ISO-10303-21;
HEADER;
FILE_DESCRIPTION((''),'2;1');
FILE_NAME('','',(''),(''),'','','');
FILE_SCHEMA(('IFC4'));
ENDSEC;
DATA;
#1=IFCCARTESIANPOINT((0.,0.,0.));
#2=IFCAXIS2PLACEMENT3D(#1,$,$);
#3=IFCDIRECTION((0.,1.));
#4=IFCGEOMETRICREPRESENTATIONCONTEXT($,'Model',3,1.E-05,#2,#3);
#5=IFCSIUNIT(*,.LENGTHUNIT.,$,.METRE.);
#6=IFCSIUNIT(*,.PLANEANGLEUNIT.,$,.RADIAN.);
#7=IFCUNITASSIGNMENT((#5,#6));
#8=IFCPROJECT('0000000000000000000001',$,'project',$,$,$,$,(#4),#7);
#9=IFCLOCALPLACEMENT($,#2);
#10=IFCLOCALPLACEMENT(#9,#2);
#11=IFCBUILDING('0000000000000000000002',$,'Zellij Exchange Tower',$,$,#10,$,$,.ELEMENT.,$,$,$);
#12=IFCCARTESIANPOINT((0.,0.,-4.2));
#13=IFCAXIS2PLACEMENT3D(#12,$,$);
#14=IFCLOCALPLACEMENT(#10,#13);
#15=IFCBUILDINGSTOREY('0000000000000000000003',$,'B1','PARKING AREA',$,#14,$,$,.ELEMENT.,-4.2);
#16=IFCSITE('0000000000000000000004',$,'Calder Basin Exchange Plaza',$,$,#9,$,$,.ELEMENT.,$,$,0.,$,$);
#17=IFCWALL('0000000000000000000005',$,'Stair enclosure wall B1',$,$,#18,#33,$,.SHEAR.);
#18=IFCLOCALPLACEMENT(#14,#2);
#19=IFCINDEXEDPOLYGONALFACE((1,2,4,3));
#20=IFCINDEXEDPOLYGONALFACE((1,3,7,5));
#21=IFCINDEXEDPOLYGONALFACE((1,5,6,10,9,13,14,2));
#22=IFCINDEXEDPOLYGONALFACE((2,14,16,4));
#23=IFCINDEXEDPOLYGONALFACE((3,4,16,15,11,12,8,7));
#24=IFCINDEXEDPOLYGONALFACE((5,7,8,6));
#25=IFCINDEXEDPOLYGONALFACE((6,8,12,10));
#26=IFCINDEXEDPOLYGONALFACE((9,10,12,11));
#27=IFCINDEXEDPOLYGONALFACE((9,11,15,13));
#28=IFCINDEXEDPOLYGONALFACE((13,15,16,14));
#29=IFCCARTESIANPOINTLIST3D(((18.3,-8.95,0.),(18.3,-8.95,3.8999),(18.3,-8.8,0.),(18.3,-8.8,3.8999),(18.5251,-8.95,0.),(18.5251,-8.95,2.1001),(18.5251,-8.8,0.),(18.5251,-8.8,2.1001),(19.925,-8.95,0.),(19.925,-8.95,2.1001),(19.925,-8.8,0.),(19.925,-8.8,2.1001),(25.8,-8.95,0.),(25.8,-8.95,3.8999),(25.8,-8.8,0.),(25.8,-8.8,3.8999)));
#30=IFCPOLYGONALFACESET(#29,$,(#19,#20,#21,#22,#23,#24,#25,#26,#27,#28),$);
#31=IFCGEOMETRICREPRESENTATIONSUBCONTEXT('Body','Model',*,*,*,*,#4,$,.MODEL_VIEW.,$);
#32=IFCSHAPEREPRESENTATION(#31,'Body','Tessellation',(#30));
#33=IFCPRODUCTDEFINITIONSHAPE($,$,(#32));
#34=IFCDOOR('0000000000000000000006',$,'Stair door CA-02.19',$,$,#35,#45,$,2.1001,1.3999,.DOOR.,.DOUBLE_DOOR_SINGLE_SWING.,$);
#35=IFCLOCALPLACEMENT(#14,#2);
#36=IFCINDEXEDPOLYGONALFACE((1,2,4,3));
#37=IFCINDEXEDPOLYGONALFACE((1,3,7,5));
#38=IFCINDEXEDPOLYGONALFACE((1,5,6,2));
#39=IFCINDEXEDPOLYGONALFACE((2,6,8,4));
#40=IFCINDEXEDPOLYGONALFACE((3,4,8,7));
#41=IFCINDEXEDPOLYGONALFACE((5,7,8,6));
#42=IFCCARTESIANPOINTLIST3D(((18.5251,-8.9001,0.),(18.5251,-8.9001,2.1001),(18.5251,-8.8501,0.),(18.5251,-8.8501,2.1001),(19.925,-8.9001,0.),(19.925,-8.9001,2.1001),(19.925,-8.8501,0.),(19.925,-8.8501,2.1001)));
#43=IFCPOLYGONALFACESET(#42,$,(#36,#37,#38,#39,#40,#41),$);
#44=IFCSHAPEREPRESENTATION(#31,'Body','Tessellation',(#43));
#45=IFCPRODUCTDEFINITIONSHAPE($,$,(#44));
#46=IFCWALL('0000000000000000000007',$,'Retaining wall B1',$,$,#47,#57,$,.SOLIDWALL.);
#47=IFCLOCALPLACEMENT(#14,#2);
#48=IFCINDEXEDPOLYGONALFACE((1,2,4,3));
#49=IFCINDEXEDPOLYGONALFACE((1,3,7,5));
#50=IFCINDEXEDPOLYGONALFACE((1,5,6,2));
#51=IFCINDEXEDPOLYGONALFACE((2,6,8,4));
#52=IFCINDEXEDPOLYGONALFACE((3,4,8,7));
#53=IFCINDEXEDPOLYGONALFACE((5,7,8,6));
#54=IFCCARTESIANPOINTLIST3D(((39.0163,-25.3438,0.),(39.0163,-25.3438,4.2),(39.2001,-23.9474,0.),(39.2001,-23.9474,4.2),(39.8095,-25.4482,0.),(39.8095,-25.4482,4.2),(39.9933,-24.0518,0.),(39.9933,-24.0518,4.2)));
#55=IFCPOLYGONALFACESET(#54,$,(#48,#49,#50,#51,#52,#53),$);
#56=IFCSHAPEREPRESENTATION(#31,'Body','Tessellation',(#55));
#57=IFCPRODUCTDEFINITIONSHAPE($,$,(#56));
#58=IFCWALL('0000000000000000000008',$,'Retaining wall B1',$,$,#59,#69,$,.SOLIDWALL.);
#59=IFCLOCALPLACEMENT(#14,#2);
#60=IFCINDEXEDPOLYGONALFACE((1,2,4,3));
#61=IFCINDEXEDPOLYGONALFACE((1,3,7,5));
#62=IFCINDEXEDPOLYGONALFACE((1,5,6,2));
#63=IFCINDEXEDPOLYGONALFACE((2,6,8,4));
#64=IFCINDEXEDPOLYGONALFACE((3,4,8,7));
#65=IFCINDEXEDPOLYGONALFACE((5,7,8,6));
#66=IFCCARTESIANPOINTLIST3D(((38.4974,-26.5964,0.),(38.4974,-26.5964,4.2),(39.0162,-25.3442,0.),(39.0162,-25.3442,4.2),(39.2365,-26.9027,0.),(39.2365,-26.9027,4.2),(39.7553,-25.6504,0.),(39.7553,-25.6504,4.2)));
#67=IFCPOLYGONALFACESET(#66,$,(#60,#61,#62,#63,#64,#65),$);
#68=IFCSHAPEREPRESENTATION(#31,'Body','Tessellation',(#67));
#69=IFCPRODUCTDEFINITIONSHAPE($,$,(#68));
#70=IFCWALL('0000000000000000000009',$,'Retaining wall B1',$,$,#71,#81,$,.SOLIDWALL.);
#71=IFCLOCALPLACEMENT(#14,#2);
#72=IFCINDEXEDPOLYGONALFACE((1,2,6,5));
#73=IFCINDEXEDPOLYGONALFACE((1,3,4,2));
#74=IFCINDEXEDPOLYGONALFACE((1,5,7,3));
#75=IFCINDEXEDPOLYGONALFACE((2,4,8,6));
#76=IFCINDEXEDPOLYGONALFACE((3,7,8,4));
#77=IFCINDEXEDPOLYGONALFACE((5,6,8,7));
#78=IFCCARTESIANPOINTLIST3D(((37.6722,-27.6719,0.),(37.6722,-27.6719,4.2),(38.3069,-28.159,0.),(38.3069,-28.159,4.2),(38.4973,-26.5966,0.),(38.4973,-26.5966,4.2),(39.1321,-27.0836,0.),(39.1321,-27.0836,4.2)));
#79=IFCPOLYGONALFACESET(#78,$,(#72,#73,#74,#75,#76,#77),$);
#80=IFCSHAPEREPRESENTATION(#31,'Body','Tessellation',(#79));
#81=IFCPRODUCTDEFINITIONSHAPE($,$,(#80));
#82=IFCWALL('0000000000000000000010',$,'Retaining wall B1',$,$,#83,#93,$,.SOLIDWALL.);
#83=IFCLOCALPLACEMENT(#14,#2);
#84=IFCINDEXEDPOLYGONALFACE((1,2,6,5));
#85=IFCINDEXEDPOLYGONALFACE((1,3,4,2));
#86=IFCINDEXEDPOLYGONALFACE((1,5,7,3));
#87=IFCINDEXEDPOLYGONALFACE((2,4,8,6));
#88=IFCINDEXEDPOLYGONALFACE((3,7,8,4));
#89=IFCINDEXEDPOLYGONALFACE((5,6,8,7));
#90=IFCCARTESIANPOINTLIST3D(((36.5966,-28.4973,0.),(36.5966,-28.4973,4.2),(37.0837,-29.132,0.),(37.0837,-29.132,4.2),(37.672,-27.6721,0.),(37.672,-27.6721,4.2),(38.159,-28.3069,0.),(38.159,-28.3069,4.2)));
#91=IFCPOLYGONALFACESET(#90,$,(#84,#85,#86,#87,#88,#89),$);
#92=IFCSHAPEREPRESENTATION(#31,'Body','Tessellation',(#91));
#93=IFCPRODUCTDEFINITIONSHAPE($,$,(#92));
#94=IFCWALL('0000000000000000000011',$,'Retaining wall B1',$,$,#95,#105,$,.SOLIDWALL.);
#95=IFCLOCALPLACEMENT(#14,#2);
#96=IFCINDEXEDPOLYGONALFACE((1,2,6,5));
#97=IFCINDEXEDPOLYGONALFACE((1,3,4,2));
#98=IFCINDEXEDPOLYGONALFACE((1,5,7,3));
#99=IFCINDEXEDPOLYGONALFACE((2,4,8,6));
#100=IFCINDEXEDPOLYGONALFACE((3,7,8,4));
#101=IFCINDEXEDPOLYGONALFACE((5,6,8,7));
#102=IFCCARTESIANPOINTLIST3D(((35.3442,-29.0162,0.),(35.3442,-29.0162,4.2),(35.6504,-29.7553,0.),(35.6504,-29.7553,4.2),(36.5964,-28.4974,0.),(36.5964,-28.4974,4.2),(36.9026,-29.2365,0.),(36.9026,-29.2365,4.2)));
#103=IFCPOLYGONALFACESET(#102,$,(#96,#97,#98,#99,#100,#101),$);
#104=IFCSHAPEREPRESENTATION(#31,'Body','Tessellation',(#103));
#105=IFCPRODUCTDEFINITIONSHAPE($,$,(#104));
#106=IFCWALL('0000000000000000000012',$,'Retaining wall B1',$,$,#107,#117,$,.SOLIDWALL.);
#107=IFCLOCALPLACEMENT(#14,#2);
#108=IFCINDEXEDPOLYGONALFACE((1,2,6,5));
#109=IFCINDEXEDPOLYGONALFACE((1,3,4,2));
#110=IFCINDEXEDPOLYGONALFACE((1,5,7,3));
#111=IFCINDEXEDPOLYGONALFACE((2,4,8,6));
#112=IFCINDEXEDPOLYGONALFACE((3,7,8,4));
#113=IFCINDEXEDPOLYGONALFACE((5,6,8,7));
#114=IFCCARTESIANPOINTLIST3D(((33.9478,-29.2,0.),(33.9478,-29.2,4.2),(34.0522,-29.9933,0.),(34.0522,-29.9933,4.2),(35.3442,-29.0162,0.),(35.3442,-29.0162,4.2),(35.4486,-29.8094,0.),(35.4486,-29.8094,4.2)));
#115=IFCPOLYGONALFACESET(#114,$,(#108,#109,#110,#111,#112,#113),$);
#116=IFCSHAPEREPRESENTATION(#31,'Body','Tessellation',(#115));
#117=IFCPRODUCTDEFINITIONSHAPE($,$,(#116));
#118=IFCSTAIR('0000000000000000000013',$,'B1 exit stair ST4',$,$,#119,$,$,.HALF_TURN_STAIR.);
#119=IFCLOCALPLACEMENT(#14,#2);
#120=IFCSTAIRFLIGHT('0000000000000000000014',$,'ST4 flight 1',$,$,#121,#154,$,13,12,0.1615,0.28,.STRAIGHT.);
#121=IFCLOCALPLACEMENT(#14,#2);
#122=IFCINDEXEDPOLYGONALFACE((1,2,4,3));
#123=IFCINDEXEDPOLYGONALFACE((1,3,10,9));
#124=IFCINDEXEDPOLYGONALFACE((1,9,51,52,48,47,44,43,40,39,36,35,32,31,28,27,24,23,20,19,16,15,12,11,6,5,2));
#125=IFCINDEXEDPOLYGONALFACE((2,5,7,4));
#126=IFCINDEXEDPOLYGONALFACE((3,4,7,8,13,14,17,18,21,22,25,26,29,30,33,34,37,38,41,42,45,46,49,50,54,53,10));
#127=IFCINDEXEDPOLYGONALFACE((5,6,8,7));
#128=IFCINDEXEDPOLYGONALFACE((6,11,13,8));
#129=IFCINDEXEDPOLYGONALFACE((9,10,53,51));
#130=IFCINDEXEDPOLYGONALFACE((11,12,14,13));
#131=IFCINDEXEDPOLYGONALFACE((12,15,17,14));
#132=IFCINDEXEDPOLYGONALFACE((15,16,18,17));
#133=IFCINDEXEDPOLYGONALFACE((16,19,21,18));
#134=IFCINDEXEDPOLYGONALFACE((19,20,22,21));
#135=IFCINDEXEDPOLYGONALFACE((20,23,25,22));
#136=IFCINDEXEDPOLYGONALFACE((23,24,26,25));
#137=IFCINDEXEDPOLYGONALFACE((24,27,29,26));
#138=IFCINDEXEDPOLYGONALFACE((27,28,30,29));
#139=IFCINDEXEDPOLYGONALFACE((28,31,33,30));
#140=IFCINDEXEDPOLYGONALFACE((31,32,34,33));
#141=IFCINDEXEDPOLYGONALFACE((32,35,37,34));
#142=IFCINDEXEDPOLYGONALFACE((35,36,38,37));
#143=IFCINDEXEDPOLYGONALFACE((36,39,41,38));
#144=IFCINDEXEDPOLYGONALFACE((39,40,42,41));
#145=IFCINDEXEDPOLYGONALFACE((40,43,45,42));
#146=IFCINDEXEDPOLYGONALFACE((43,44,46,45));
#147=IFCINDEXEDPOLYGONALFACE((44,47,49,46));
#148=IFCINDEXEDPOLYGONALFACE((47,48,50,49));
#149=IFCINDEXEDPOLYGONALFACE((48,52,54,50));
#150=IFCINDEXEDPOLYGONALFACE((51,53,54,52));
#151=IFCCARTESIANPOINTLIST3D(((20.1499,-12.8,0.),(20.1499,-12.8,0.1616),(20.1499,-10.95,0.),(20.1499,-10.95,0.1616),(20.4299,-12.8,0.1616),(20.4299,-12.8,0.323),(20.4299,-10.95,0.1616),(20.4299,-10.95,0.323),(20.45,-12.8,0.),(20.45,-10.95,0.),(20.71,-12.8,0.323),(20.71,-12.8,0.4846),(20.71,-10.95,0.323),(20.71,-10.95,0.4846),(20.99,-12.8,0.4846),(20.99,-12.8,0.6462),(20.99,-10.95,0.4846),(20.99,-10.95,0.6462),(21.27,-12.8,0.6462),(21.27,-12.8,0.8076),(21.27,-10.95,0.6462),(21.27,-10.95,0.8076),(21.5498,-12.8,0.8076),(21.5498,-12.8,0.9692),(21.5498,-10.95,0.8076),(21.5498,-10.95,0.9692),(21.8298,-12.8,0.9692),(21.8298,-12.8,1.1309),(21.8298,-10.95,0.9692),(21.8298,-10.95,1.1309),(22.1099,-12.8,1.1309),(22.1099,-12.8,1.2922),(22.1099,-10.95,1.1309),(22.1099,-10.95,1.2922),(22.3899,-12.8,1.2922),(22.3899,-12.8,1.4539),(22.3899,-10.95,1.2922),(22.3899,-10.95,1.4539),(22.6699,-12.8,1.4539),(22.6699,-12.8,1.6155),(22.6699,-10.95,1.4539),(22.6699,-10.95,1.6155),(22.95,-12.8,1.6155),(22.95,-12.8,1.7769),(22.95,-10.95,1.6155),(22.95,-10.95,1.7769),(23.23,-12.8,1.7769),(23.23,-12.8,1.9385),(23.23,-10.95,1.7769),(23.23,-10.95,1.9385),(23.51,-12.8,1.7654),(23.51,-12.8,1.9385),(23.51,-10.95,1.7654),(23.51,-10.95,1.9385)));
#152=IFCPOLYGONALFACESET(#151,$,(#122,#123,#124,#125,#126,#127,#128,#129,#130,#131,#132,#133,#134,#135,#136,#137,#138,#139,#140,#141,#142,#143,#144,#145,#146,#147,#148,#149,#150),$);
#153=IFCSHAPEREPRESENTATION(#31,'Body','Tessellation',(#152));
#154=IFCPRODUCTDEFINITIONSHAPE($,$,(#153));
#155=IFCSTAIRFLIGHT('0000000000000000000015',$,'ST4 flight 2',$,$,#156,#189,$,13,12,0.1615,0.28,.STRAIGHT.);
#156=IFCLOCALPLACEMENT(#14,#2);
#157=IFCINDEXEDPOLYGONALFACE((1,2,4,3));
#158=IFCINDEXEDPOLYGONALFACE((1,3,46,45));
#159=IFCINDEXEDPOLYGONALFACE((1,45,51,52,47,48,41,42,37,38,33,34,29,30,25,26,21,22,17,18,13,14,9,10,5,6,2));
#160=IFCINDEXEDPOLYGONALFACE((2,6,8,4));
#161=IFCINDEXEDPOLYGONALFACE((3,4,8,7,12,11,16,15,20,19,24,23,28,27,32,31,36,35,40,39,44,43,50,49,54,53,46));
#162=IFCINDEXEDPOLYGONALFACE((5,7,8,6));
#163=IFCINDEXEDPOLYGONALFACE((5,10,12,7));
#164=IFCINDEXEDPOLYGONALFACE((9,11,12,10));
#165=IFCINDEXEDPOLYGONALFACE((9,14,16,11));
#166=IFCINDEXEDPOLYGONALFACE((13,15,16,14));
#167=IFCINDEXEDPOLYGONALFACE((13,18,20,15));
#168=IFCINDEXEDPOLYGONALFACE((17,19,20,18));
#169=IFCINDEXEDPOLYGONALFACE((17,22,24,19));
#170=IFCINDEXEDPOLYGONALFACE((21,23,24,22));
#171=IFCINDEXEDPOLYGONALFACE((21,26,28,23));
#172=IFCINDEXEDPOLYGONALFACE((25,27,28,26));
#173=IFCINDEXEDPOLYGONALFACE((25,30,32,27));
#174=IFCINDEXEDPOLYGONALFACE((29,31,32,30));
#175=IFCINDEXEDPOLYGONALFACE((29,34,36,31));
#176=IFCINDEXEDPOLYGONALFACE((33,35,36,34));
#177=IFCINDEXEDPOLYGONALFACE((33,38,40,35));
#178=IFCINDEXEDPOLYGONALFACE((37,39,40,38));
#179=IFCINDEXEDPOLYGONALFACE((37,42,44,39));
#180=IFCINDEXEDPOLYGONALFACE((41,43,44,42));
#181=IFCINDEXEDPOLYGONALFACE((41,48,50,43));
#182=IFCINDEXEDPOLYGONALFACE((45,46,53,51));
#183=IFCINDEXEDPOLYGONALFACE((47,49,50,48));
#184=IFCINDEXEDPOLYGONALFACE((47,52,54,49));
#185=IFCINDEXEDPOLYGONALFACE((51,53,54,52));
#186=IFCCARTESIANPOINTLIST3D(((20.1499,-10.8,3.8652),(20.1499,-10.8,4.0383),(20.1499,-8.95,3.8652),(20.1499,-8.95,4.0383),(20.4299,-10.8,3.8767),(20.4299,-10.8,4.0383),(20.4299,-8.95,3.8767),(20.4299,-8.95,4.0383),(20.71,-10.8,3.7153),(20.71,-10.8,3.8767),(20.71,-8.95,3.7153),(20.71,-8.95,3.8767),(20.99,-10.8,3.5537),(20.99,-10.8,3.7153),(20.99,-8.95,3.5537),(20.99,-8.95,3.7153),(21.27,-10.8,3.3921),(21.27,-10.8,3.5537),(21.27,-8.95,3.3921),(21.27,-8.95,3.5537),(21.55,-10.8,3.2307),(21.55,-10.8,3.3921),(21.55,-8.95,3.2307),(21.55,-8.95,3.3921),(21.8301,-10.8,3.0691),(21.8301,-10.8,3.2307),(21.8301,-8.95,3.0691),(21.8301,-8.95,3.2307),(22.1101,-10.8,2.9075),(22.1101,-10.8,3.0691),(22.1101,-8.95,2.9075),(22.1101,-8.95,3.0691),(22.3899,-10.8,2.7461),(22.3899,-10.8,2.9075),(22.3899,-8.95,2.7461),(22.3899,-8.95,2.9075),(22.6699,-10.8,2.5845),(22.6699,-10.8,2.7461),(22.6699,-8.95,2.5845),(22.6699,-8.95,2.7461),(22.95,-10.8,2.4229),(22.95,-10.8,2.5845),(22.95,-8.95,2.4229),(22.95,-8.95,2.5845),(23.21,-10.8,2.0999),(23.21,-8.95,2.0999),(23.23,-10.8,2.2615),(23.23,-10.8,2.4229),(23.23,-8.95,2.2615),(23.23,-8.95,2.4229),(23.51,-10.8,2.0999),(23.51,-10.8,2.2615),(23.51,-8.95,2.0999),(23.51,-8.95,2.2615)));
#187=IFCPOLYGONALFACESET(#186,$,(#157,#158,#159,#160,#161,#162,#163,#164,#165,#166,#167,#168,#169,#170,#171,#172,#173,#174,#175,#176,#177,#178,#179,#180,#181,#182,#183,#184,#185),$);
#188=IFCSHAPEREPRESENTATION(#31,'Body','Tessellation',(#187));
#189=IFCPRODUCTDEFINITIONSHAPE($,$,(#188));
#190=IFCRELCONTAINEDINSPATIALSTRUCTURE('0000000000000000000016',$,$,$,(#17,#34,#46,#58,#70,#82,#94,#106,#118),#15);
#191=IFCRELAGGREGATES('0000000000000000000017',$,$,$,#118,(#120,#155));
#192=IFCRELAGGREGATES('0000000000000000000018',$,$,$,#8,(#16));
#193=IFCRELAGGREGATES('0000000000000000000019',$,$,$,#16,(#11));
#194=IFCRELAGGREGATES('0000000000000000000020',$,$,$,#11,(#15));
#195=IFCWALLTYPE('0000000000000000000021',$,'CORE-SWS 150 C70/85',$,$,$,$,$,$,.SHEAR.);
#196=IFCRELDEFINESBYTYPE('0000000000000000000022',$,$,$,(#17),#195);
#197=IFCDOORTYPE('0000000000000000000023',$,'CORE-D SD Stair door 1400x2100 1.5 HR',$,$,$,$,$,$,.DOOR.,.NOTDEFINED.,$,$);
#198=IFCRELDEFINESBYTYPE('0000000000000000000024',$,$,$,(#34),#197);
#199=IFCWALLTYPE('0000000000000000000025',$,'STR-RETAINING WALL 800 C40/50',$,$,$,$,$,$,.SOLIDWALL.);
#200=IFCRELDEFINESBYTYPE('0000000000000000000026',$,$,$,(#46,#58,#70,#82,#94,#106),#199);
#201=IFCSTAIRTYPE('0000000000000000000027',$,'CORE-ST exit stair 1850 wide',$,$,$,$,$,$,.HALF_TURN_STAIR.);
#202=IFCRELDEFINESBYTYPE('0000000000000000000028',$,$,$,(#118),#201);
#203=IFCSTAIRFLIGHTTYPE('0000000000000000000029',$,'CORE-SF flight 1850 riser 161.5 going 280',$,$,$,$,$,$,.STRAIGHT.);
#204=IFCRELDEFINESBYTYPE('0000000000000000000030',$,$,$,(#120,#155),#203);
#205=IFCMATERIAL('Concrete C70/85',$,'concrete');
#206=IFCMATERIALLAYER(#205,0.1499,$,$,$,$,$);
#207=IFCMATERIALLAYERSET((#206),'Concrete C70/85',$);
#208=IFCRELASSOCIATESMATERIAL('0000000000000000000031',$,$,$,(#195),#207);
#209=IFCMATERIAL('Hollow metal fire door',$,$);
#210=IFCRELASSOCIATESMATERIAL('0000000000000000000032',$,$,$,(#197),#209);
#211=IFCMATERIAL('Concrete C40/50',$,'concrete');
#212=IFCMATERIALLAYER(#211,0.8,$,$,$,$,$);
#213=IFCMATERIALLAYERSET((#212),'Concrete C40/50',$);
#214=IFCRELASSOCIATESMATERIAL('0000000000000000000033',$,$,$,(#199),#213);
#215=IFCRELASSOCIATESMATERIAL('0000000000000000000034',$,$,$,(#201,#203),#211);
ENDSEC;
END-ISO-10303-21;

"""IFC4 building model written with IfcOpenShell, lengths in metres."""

from ifc_helpers import new_model, si_unit, direction, frame, frame_2d, origin, place, context, subcontext, project, spatial, polyline, rectangle, outline, extrude, material, layer, layer_set, type_object, element, fill, aggregate, save


model = new_model("IFC4")

# Units and contexts
model_context = context("Model", 3, precision=1e-05, world=origin(), true_north=direction((0.0, 1.0)))
body_context = subcontext(model_context, "Body", "Model", "MODEL_VIEW")
ifc_project = project(units=[si_unit("LENGTHUNIT", "METRE"), si_unit("PLANEANGLEUNIT", "RADIAN")], contexts=[model_context])

# Site, building, storey
site_placement = place(None, origin())
site = spatial("IfcSite", under=ifc_project, at=site_placement, Name="Calder Basin Exchange Plaza", CompositionType="ELEMENT", RefElevation=0.0)
building_placement = place(site_placement, origin())
building = spatial("IfcBuilding", under=site, at=building_placement, Name="Zellij Exchange Tower", CompositionType="ELEMENT")
storey_placement = place(building_placement, frame((0.0, 0.0, -4.2)))
storey = spatial("IfcBuildingStorey", under=building, at=storey_placement, Name="B1", Description="PARKING AREA", CompositionType="ELEMENT", Elevation=-4.2)

# Shared definitions
ifc_material_1 = material(Name="Concrete C70/85", Category="concrete")

# Wall, opening, door
ifc_material_2 = material(Name="Hollow metal fire door")
ifc_layer_1 = layer(ifc_material_1, 0.1499)
ifc_layer_set_1 = layer_set([ifc_layer_1], Name="Concrete C70/85")
wall_type_1 = type_object("IfcWallType", Name="CORE-SWS 150 C70/85", PredefinedType="SHEAR", material=ifc_layer_set_1)
wall_1_placement = place(storey_placement, frame((18.3, -8.875, 0.0), z_axis=(0.0, 0.0, 1.0), x_axis=(1.0, 0.0, 0.0)))
wall_1 = element("IfcWall", 1, at=wall_1_placement, inside=storey, type_object=wall_type_1, Name="Stair enclosure wall B1", PredefinedType="SHEAR", context=body_context, shape_type="SweptSolid", body=[
    extrude(rectangle(XDim=7.5, YDim=0.1499, at=frame_2d((3.75, 0.0))), origin(), (0.0, 0.0, 1.0), 3.8999),
])
opening_1_placement = place(wall_1_placement, frame((0.2251, 0.0, 0.0)))
opening_1 = element("IfcOpeningElement", 2, at=opening_1_placement, cuts=wall_1, PredefinedType="OPENING", context=body_context, shape_type="SweptSolid", body=[
    extrude(rectangle(XDim=1.3999, YDim=2.1001, at=frame_2d((0.7, 1.05))), frame((0.0, 0.0869, 0.0), z_axis=(0.0, -1.0, 0.0), x_axis=(1.0, 0.0, 0.0)), (0.0, 0.0, 1.0), 0.1738),
])
door_type_1 = type_object("IfcDoorType", Name="CORE-D SD Stair door 1400x2100 1.5 HR", OperationType="NOTDEFINED", PredefinedType="DOOR", material=ifc_material_2)
door_1_placement = place(opening_1_placement, origin())
door_1 = element("IfcDoor", 3, at=door_1_placement, inside=storey, type_object=door_type_1, Name="Stair door CA-02.19", OperationType="DOUBLE_DOOR_SINGLE_SWING", OverallHeight=2.1001, OverallWidth=1.3999, PredefinedType="DOOR", context=body_context, shape_type="SweptSolid", body=[
    extrude(rectangle(XDim=1.3999, YDim=2.1001, at=frame_2d((0.7, 1.05))), frame((0.0, 0.0249, 0.0), z_axis=(0.0, -1.0, 0.0), x_axis=(1.0, 0.0, 0.0)), (0.0, 0.0, 1.0), 0.05),
])
fill(opening_1, door_1)

# Walls
ifc_material_3 = material(Name="Concrete C40/50", Category="concrete")
ifc_layer_2 = layer(ifc_material_3, 0.8)
ifc_layer_set_2 = layer_set([ifc_layer_2], Name="Concrete C40/50")
wall_type_2 = type_object("IfcWallType", Name="STR-RETAINING WALL 800 C40/50", PredefinedType="SOLIDWALL", material=ifc_layer_set_2)
wall_2_placement = place(storey_placement, frame((39.5967, -23.9998, 0.0), z_axis=(0.0, 0.0, 1.0), x_axis=(-0.130517, -0.991446, 0.0)))
element("IfcWall", 4, at=wall_2_placement, inside=storey, type_object=wall_type_2, Name="Retaining wall B1", PredefinedType="SOLIDWALL", context=body_context, shape_type="SweptSolid", body=[
    extrude(rectangle(XDim=1.4084, YDim=0.8, at=frame_2d((0.7041, 0.0))), origin(), (0.0, 0.0, 1.0), 4.2),
])
for number, where, z_axis, x_axis, name in (
    (5, (39.3857, -25.4973, 0.0), (0.0, 0.0, 1.0), (-0.38276, -0.923848, 0.0), "Retaining wall B1"),
    (6, (38.8147, -26.8401, 0.0), (0.0, 0.0, 1.0), (-0.608753, -0.79336, 0.0), "Retaining wall B1"),
    (7, (37.9155, -27.9895, 0.0), (0.0, 0.0, 1.0), (-0.79336, -0.608753, 0.0), "Retaining wall B1"),
    (8, (36.7495, -28.8669, 0.0), (0.0, 0.0, 1.0), (-0.923848, -0.38276, 0.0), "Retaining wall B1"),
):
    element("IfcWall", number, at=place(storey_placement, frame(where, z_axis=z_axis, x_axis=x_axis)), inside=storey, type_object=wall_type_2, Name=name, PredefinedType="SOLIDWALL", context=body_context, shape_type="SweptSolid", body=[
        extrude(rectangle(XDim=1.3555, YDim=0.8, at=frame_2d((0.6777, 0.0))), origin(), (0.0, 0.0, 1.0), 4.2),
    ])
wall_3_placement = place(storey_placement, frame((35.3962, -29.4128, 0.0), z_axis=(0.0, 0.0, 1.0), x_axis=(-0.991446, -0.130517, 0.0)))
element("IfcWall", 9, at=wall_3_placement, inside=storey, type_object=wall_type_2, Name="Retaining wall B1", PredefinedType="SOLIDWALL", context=body_context, shape_type="SweptSolid", body=[
    extrude(rectangle(XDim=1.4084, YDim=0.8, at=frame_2d((0.7041, 0.0))), origin(), (0.0, 0.0, 1.0), 4.2),
])

# Stair, stair flights
stair_type = type_object("IfcStairType", Name="CORE-ST exit stair 1850 wide", PredefinedType="HALF_TURN_STAIR", material=ifc_material_3)
stair_placement = place(storey_placement, origin())
stair = element("IfcStair", 10, at=stair_placement, inside=storey, type_object=stair_type, Name="B1 exit stair ST4", PredefinedType="HALF_TURN_STAIR")
stair_flight_type = type_object("IfcStairFlightType", Name="CORE-SF flight 1850 riser 161.5 going 280", PredefinedType="STRAIGHT", material=ifc_material_3)
stair_flight_1_placement = place(storey_placement, frame((20.1499, -11.875, 0.0), z_axis=(0.0, 0.0, 1.0), x_axis=(1.0, 0.0, 0.0)))
stair_flight_1 = element("IfcStairFlight", 11, at=stair_flight_1_placement, type_object=stair_flight_type, Name="ST4 flight 1", NumberOfRisers=13, NumberOfTreads=12, PredefinedType="STRAIGHT", RiserHeight=0.1615, TreadLength=0.28, context=body_context, shape_type="SweptSolid", body=[
    extrude(outline(polyline([(0.0, 0.0), (0.0, 0.1616), (0.28, 0.1616), (0.28, 0.323), (0.5601, 0.323), (0.5601, 0.4846), (0.8401, 0.4846), (0.8401, 0.6462), (1.1201, 0.6462), (1.1201, 0.8076), (1.3999, 0.8076), (1.3999, 0.9692), (1.6799, 0.9692), (1.6799, 1.1309), (1.96, 1.1309), (1.96, 1.2922), (2.24, 1.2922), (2.24, 1.4539), (2.52, 1.4539), (2.52, 1.6155), (2.8, 1.6155), (2.8, 1.7769), (3.0801, 1.7769), (3.0801, 1.9385), (3.3601, 1.9385), (3.3601, 2.1001), (3.3601, 1.7654), (0.3, 0.0), (0.0, 0.0)])), frame((0.0, 0.925, 0.0), z_axis=(0.0, -1.0, 0.0), x_axis=(1.0, 0.0, 0.0)), (0.0, 0.0, 1.0), 1.8501),
])
stair_flight_2_placement = place(storey_placement, frame((23.51, -9.875, 2.0999), z_axis=(0.0, 0.0, 1.0), x_axis=(-1.0, 0.0, 0.0)))
stair_flight_2 = element("IfcStairFlight", 12, at=stair_flight_2_placement, type_object=stair_flight_type, Name="ST4 flight 2", NumberOfRisers=13, NumberOfTreads=12, PredefinedType="STRAIGHT", RiserHeight=0.1615, TreadLength=0.28, context=body_context, shape_type="SweptSolid", body=[
    extrude(outline(polyline([(0.0, 0.0), (0.0, 0.1616), (0.28, 0.1616), (0.28, 0.323), (0.5601, 0.323), (0.5601, 0.4846), (0.8401, 0.4846), (0.8401, 0.6462), (1.1201, 0.6462), (1.1201, 0.8076), (1.3999, 0.8076), (1.3999, 0.9692), (1.6799, 0.9692), (1.6799, 1.1309), (1.96, 1.1309), (1.96, 1.2922), (2.24, 1.2922), (2.24, 1.4539), (2.52, 1.4539), (2.52, 1.6155), (2.8, 1.6155), (2.8, 1.7769), (3.0801, 1.7769), (3.0801, 1.9385), (3.3601, 1.9385), (3.3601, 2.1001), (3.3601, 1.7654), (0.3, 0.0), (0.0, 0.0)])), frame((0.0, 0.925, 0.0), z_axis=(0.0, -1.0, 0.0), x_axis=(1.0, 0.0, 0.0)), (0.0, 0.0, 1.0), 1.8501),
])
aggregate(stair, [stair_flight_1, stair_flight_2])

save(model, "model.ifc")
